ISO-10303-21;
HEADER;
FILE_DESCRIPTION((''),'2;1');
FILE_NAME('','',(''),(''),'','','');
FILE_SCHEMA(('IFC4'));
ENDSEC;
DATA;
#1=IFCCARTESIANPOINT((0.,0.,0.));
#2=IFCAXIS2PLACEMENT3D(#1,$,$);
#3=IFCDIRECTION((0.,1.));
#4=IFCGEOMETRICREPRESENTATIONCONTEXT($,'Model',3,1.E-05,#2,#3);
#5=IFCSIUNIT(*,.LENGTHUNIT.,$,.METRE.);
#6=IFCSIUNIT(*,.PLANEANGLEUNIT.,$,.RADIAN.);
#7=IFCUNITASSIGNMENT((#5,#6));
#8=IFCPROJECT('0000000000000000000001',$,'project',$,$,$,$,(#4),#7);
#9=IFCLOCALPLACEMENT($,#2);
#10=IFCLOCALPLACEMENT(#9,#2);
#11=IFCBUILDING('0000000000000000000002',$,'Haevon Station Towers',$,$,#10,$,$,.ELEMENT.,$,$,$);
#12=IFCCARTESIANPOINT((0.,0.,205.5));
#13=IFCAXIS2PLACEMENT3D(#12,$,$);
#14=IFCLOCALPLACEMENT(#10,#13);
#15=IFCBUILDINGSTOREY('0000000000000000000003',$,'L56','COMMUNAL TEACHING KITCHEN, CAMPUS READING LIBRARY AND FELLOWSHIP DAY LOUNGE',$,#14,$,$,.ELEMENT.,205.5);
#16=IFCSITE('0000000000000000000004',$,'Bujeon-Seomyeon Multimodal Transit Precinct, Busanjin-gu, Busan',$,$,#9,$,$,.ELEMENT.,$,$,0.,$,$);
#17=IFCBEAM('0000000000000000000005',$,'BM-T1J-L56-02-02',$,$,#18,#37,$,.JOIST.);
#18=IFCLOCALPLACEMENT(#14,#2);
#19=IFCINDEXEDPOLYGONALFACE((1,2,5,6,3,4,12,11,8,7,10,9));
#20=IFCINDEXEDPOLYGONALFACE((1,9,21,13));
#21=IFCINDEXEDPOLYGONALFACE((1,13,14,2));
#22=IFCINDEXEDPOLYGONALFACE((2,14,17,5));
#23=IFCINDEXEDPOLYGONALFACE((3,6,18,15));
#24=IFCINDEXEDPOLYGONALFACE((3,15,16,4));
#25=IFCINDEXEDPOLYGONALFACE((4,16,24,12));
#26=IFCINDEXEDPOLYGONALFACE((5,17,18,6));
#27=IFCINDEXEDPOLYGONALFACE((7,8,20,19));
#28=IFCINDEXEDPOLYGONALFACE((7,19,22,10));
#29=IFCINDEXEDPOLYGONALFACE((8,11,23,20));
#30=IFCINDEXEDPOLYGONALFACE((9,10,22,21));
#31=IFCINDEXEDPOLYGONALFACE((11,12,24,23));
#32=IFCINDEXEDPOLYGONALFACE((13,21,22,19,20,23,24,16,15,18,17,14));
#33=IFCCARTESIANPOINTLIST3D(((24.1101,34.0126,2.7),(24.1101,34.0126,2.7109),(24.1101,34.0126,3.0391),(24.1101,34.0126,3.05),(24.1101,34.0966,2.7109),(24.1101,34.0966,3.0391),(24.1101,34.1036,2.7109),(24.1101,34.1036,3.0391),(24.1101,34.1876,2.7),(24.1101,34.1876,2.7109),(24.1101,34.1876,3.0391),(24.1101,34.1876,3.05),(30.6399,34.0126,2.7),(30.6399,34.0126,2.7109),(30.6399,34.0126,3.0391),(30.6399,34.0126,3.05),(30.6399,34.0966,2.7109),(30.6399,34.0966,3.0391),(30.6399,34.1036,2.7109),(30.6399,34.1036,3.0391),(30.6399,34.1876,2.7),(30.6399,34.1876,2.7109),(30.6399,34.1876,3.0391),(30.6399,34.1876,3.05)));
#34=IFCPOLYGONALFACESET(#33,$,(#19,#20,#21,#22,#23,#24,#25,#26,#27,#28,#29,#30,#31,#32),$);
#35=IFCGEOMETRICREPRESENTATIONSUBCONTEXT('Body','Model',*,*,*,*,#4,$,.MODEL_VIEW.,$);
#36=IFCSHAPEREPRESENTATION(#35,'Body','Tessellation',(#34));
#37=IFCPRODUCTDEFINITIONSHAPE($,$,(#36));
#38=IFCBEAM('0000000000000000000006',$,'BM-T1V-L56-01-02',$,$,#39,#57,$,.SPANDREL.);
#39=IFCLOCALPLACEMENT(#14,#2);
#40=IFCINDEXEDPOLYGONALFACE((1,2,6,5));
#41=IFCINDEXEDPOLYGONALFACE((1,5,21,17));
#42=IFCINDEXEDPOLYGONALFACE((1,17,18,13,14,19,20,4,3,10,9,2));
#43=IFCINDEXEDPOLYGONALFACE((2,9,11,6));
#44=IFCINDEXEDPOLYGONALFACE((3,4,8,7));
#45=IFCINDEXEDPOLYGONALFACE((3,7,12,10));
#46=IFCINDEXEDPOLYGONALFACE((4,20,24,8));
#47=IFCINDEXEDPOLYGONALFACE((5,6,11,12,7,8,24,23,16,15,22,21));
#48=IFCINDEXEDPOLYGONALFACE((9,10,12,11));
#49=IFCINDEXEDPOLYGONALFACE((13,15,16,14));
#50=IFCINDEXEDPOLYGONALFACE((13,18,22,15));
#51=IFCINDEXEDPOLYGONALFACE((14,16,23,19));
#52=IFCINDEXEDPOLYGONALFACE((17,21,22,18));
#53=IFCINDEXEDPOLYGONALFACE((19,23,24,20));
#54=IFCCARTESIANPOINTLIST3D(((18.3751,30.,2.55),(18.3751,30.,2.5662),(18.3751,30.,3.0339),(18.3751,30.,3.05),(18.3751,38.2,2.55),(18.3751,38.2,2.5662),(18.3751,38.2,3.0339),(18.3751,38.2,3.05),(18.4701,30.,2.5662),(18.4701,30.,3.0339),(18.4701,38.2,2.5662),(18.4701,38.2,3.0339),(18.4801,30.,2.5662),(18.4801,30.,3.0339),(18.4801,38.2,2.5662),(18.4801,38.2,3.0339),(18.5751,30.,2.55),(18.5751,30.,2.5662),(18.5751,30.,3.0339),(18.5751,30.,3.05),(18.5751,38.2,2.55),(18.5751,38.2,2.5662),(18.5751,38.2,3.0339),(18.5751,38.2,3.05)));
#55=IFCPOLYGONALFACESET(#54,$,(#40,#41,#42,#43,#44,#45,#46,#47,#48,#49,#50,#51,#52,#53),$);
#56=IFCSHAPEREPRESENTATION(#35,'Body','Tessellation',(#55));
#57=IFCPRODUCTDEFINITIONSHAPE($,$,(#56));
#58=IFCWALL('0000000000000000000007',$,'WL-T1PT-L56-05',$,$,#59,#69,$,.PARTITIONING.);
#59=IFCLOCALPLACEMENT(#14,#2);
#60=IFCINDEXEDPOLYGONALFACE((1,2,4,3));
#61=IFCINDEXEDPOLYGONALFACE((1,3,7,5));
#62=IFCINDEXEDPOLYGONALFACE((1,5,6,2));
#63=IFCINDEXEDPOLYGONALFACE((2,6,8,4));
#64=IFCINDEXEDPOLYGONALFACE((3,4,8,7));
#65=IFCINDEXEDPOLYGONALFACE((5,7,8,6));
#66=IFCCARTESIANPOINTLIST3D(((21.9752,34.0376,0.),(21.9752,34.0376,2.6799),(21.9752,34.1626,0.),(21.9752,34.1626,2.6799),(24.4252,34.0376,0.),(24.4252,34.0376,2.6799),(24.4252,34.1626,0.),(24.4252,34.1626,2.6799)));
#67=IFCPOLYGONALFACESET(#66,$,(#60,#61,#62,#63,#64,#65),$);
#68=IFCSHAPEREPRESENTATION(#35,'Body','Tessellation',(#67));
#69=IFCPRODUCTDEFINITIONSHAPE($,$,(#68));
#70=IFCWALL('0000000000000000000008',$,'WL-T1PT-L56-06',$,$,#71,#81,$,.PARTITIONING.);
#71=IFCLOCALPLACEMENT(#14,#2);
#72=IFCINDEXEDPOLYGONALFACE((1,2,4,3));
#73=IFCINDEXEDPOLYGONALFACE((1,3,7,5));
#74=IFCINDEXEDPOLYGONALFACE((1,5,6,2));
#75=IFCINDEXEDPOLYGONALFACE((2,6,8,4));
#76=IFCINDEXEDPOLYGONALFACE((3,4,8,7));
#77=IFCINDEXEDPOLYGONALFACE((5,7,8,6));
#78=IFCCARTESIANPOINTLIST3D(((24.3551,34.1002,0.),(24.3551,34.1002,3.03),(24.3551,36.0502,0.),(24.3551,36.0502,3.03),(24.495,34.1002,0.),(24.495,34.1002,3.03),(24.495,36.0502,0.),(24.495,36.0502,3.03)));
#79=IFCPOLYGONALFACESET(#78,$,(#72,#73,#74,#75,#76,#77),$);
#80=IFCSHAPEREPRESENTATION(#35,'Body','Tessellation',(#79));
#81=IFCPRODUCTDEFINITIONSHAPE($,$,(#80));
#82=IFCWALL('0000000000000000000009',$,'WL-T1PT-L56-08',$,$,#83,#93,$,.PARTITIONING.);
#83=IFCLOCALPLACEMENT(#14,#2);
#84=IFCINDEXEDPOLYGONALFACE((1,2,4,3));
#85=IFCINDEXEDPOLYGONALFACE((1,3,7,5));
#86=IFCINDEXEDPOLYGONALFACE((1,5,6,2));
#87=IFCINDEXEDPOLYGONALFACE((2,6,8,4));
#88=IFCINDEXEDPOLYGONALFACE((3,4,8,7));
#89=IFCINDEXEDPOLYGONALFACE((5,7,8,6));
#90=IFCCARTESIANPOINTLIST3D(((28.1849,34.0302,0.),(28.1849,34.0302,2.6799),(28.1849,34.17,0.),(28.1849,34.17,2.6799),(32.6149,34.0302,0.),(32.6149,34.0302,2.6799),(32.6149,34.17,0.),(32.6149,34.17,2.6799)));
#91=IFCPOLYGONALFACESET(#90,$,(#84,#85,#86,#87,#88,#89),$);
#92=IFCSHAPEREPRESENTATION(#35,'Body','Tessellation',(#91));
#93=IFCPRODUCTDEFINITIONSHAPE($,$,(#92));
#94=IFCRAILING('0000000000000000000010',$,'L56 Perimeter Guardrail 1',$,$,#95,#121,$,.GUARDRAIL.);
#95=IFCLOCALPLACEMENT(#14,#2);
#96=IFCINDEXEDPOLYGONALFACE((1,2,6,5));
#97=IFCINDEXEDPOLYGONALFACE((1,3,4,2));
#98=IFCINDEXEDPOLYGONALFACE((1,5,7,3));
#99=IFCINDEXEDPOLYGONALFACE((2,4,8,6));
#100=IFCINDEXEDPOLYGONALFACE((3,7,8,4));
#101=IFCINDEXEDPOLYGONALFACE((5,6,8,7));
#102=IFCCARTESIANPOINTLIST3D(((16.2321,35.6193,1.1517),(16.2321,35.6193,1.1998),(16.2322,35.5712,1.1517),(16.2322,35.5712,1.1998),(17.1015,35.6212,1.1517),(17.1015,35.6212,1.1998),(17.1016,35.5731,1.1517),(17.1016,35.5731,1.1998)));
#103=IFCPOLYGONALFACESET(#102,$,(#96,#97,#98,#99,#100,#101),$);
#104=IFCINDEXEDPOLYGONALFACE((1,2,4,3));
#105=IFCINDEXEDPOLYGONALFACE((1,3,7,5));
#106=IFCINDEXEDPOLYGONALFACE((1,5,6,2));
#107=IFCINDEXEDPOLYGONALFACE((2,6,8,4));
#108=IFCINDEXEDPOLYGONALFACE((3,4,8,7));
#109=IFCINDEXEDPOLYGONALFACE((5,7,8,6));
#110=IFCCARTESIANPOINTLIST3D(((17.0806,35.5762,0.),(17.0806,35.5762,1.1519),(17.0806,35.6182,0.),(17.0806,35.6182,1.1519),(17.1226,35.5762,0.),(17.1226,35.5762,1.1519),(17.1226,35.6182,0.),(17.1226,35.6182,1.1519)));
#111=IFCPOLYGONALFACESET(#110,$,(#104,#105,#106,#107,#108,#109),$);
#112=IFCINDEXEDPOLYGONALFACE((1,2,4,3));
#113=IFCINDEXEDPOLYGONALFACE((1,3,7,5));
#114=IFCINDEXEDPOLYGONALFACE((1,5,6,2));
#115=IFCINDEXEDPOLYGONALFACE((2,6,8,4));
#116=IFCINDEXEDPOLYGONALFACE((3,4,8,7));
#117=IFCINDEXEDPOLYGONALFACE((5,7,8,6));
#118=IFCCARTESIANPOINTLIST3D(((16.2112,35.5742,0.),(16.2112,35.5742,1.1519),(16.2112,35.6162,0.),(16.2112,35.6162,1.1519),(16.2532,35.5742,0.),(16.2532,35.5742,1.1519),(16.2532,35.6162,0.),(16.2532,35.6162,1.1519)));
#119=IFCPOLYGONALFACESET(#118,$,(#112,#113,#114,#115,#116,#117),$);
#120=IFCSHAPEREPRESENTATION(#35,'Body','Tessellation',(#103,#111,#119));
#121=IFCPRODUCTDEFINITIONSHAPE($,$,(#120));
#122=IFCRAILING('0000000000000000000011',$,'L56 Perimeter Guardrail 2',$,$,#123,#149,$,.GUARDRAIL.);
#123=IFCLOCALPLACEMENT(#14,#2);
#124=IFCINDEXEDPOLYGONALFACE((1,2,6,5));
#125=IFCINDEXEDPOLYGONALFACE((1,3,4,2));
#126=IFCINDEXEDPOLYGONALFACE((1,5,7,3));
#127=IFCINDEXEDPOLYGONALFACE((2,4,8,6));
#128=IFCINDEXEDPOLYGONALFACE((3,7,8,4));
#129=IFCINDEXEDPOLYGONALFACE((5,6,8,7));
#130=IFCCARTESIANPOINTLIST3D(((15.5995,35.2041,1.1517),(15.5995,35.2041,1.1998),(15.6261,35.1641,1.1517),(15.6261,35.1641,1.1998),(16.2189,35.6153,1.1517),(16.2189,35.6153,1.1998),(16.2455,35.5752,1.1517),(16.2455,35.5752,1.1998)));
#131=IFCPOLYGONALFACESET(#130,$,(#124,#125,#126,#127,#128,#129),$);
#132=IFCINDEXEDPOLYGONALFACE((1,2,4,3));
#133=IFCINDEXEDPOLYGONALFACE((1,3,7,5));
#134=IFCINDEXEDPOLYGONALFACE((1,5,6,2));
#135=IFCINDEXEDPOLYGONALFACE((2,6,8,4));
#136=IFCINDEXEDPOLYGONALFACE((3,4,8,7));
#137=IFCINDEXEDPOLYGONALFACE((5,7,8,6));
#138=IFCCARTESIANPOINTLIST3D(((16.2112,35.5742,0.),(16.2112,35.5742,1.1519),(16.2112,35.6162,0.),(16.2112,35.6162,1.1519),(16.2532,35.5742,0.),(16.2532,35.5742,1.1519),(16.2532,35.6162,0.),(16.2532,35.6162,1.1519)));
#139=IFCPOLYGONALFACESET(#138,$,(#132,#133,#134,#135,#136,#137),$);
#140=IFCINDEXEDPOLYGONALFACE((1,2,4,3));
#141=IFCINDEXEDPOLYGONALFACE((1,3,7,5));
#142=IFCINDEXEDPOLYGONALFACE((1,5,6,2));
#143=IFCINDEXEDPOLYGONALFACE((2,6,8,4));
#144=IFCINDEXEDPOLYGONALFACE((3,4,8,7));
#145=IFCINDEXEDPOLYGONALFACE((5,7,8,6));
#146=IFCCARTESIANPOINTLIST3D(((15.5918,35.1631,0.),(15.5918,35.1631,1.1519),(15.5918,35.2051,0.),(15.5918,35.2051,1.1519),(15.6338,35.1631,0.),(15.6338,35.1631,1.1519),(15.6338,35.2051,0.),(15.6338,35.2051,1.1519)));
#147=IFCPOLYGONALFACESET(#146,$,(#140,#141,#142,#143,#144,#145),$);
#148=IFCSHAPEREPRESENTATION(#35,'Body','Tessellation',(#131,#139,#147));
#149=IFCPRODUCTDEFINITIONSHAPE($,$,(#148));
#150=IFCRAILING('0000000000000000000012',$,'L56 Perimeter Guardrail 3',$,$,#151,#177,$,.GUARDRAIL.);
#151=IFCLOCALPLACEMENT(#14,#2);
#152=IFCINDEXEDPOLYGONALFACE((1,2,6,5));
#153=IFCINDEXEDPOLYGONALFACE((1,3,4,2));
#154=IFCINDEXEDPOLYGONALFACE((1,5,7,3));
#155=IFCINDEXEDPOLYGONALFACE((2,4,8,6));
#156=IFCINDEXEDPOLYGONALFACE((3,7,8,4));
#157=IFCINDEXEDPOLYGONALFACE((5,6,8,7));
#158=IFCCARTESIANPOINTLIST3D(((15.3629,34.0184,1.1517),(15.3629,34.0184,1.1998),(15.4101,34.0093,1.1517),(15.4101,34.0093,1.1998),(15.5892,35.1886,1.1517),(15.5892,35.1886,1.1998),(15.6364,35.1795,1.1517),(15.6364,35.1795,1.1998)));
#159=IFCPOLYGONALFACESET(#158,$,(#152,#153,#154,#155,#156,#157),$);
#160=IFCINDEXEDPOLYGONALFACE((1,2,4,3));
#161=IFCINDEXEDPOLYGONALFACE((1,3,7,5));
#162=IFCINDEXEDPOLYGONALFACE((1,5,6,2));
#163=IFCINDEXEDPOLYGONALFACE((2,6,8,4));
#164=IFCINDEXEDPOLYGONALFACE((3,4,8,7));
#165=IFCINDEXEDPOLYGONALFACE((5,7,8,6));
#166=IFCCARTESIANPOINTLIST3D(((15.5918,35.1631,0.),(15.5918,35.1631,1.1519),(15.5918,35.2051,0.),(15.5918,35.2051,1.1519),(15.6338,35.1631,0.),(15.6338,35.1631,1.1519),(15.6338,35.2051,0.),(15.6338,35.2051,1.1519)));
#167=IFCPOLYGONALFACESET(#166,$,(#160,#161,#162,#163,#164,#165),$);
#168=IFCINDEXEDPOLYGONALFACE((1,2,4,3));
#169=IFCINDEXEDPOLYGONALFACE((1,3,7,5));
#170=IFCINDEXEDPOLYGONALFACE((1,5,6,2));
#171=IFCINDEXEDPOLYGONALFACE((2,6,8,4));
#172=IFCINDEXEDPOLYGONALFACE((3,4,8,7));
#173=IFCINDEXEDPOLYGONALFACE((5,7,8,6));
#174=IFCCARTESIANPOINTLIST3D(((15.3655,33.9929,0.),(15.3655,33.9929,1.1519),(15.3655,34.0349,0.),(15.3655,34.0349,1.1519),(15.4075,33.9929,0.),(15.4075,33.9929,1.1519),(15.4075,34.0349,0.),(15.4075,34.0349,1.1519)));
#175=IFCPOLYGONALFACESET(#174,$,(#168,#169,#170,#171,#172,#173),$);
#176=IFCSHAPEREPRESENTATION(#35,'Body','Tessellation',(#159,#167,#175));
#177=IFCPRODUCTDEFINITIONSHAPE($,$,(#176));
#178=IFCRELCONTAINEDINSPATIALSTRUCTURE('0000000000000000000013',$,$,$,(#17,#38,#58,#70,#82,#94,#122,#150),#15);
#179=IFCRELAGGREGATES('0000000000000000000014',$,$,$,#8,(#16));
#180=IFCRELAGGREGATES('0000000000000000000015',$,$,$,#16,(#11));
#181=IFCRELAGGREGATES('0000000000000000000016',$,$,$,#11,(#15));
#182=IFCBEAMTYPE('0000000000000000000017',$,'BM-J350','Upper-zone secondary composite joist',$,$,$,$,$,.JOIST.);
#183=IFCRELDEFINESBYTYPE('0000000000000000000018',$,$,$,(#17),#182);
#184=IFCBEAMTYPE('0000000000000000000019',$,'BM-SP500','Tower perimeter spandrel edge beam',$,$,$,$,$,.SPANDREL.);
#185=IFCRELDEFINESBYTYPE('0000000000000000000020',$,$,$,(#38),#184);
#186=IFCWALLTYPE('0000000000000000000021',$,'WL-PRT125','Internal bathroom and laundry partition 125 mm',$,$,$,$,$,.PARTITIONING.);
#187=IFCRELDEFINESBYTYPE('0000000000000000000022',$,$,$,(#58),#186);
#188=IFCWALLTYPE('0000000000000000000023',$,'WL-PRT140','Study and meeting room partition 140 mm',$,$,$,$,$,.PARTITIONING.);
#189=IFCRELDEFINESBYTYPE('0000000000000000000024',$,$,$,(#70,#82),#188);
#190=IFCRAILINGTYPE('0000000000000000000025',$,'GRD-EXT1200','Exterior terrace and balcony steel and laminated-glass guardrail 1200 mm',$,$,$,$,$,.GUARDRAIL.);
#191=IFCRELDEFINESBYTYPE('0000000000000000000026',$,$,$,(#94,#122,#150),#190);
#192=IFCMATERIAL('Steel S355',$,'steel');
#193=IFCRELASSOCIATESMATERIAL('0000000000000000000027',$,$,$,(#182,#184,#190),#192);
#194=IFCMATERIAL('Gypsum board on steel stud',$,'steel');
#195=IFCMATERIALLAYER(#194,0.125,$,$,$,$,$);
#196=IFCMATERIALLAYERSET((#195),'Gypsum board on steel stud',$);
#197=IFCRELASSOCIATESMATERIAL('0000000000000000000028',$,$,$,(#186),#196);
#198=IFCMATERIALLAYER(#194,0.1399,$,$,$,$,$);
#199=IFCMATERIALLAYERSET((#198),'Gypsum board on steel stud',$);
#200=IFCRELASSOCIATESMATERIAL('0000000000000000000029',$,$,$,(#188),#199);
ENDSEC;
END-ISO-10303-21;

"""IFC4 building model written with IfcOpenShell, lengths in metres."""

from ifc_helpers import new_model, si_unit, direction, frame, frame_2d, origin, origin_2d, place, context, subcontext, project, spatial, rectangle, i_section, extrude, material, layer, layer_set, material_profile, profile_set, type_object, element, save


model = new_model("IFC4")

# Units and contexts
model_context = context("Model", 3, precision=1e-05, world=origin(), true_north=direction((0.0, 1.0)))
body_context = subcontext(model_context, "Body", "Model", "MODEL_VIEW")
ifc_project = project(units=[si_unit("LENGTHUNIT", "METRE"), si_unit("PLANEANGLEUNIT", "RADIAN")], contexts=[model_context])

# Site, building, storey
site_placement = place(None, origin())
site = spatial("IfcSite", under=ifc_project, at=site_placement, Name="Bujeon-Seomyeon Multimodal Transit Precinct, Busanjin-gu, Busan", CompositionType="ELEMENT", RefElevation=0.0)
building_placement = place(site_placement, origin())
building = spatial("IfcBuilding", under=site, at=building_placement, Name="Haevon Station Towers", CompositionType="ELEMENT")
storey_placement = place(building_placement, frame((0.0, 0.0, 205.5)))
storey = spatial("IfcBuildingStorey", under=building, at=storey_placement, Name="L56", Description="COMMUNAL TEACHING KITCHEN, CAMPUS READING LIBRARY AND FELLOWSHIP DAY LOUNGE", CompositionType="ELEMENT", Elevation=205.5)

# Shared definitions
ifc_material_1 = material(Name="Steel S355", Category="steel")

# Beams
ifc_material_profile_1 = material_profile(ifc_material_1, i_section(OverallWidth=0.175, OverallDepth=0.3501, WebThickness=0.0071, FlangeThickness=0.011, at=origin_2d()), Name="H-350x175x7x11")
ifc_profile_set_1 = profile_set([ifc_material_profile_1], Name="Steel S355")
beam_type_1 = type_object("IfcBeamType", Name="BM-J350", Description="Upper-zone secondary composite joist", PredefinedType="JOIST", material=ifc_profile_set_1)
beam_1_placement = place(storey_placement, frame((24.1101, 34.1001, 2.875), z_axis=(1.0, 0.0, 0.0), x_axis=(0.0, 1.0, 0.0)))
element("IfcBeam", 1, at=beam_1_placement, inside=storey, type_object=beam_type_1, Name="BM-T1J-L56-02-02", PredefinedType="JOIST", context=body_context, shape_type="SweptSolid", body=[
    extrude(i_section(OverallWidth=0.175, OverallDepth=0.3501, WebThickness=0.0071, FlangeThickness=0.011, at=origin_2d()), origin(), (0.0, 0.0, 1.0), 6.5298),
])
ifc_material_profile_2 = material_profile(ifc_material_1, i_section(OverallWidth=0.2, OverallDepth=0.5, WebThickness=0.01, FlangeThickness=0.0161, at=origin_2d()), Name="H-500x200x10x16")
ifc_profile_set_2 = profile_set([ifc_material_profile_2], Name="Steel S355")
beam_type_2 = type_object("IfcBeamType", Name="BM-SP500", Description="Tower perimeter spandrel edge beam", PredefinedType="SPANDREL", material=ifc_profile_set_2)
beam_2_placement = place(storey_placement, frame((18.4751, 30.0, 2.8), z_axis=(0.0, 1.0, 0.0), x_axis=(-1.0, 0.0, 0.0)))
element("IfcBeam", 2, at=beam_2_placement, inside=storey, type_object=beam_type_2, Name="BM-T1V-L56-01-02", PredefinedType="SPANDREL", context=body_context, shape_type="SweptSolid", body=[
    extrude(i_section(OverallWidth=0.2, OverallDepth=0.5, WebThickness=0.01, FlangeThickness=0.0161, at=origin_2d()), origin(), (0.0, 0.0, 1.0), 8.2),
])

# Walls
ifc_material_2 = material(Name="Gypsum board on steel stud", Category="steel")
ifc_layer_1 = layer(ifc_material_2, 0.125)
ifc_layer_set_1 = layer_set([ifc_layer_1], Name="Gypsum board on steel stud")
wall_type_1 = type_object("IfcWallType", Name="WL-PRT125", Description="Internal bathroom and laundry partition 125 mm", PredefinedType="PARTITIONING", material=ifc_layer_set_1)
wall_1_placement = place(storey_placement, frame((21.9751, 34.1001, 0.0), z_axis=(0.0, 0.0, 1.0), x_axis=(1.0, 0.0, 0.0)))
element("IfcWall", 3, at=wall_1_placement, inside=storey, type_object=wall_type_1, Name="WL-T1PT-L56-05", PredefinedType="PARTITIONING", context=body_context, shape_type="SweptSolid", body=[
    extrude(rectangle(XDim=2.45, YDim=0.125, at=frame_2d((1.2251, 0.0))), origin(), (0.0, 0.0, 1.0), 2.6799),
])
ifc_layer_2 = layer(ifc_material_2, 0.1399)
ifc_layer_set_2 = layer_set([ifc_layer_2], Name="Gypsum board on steel stud")
wall_type_2 = type_object("IfcWallType", Name="WL-PRT140", Description="Study and meeting room partition 140 mm", PredefinedType="PARTITIONING", material=ifc_layer_set_2)
wall_2_placement = place(storey_placement, frame((24.425, 34.1001, 0.0), z_axis=(0.0, 0.0, 1.0), x_axis=(0.0, 1.0, 0.0)))
element("IfcWall", 4, at=wall_2_placement, inside=storey, type_object=wall_type_2, Name="WL-T1PT-L56-06", PredefinedType="PARTITIONING", context=body_context, shape_type="SweptSolid", body=[
    extrude(rectangle(XDim=1.95, YDim=0.1399, at=frame_2d((0.9751, 0.0))), origin(), (0.0, 0.0, 1.0), 3.03),
])
wall_3_placement = place(storey_placement, frame((28.1851, 34.1001, 0.0), z_axis=(0.0, 0.0, 1.0), x_axis=(1.0, 0.0, 0.0)))
element("IfcWall", 5, at=wall_3_placement, inside=storey, type_object=wall_type_2, Name="WL-T1PT-L56-08", PredefinedType="PARTITIONING", context=body_context, shape_type="SweptSolid", body=[
    extrude(rectangle(XDim=4.4299, YDim=0.1399, at=frame_2d((2.2148, 0.0))), origin(), (0.0, 0.0, 1.0), 2.6799),
])

# Railings
railing_type = type_object("IfcRailingType", Name="GRD-EXT1200", Description="Exterior terrace and balcony steel and laminated-glass guardrail 1200 mm", PredefinedType="GUARDRAIL", material=ifc_material_1)
railing_1_placement = place(storey_placement, frame((17.1016, 35.5972, 0.0)))
element("IfcRailing", 6, at=railing_1_placement, inside=storey, type_object=railing_type, Name="L56 Perimeter Guardrail 1", PredefinedType="GUARDRAIL", context=body_context, shape_type="SweptSolid", body=[
    extrude(rectangle(XDim=0.0481, YDim=0.0481, at=origin_2d()), frame((0.0, 0.0, 1.1758), z_axis=(-0.999997, -0.002247, 0.0), x_axis=(0.002247, -0.999997, 0.0)), (0.0, 0.0, 1.0), 0.8694),
    extrude(rectangle(XDim=0.042, YDim=0.042, at=origin_2d()), origin(), (0.0, 0.0, 1.0), 1.1519),
    extrude(rectangle(XDim=0.042, YDim=0.042, at=origin_2d()), frame((-0.8694, -0.002, 0.0)), (0.0, 0.0, 1.0), 1.1519),
])
railing_2_placement = place(storey_placement, frame((16.2322, 35.5952, 0.0)))
element("IfcRailing", 7, at=railing_2_placement, inside=storey, type_object=railing_type, Name="L56 Perimeter Guardrail 2", PredefinedType="GUARDRAIL", context=body_context, shape_type="SweptSolid", body=[
    extrude(rectangle(XDim=0.0481, YDim=0.0481, at=origin_2d()), frame((0.0, 0.0, 1.1758), z_axis=(-0.83316, -0.553032, 0.0), x_axis=(0.553032, -0.83316, 0.0)), (0.0, 0.0, 1.0), 0.7434),
    extrude(rectangle(XDim=0.042, YDim=0.042, at=origin_2d()), origin(), (0.0, 0.0, 1.0), 1.1519),
    extrude(rectangle(XDim=0.042, YDim=0.042, at=origin_2d()), frame((-0.6194, -0.4111, 0.0)), (0.0, 0.0, 1.0), 1.1519),
])
railing_3_placement = place(storey_placement, frame((15.6128, 35.1841, 0.0)))
element("IfcRailing", 8, at=railing_3_placement, inside=storey, type_object=railing_type, Name="L56 Perimeter Guardrail 3", PredefinedType="GUARDRAIL", context=body_context, shape_type="SweptSolid", body=[
    extrude(rectangle(XDim=0.0481, YDim=0.0481, at=origin_2d()), frame((0.0, 0.0, 1.1758), z_axis=(-0.189888, -0.981806, 0.0), x_axis=(0.981806, -0.189888, 0.0)), (0.0, 0.0, 1.0), 1.1919),
    extrude(rectangle(XDim=0.042, YDim=0.042, at=origin_2d()), origin(), (0.0, 0.0, 1.0), 1.1519),
    extrude(rectangle(XDim=0.042, YDim=0.042, at=origin_2d()), frame((-0.2263, -1.1702, 0.0)), (0.0, 0.0, 1.0), 1.1519),
])

save(model, "model.ifc")
